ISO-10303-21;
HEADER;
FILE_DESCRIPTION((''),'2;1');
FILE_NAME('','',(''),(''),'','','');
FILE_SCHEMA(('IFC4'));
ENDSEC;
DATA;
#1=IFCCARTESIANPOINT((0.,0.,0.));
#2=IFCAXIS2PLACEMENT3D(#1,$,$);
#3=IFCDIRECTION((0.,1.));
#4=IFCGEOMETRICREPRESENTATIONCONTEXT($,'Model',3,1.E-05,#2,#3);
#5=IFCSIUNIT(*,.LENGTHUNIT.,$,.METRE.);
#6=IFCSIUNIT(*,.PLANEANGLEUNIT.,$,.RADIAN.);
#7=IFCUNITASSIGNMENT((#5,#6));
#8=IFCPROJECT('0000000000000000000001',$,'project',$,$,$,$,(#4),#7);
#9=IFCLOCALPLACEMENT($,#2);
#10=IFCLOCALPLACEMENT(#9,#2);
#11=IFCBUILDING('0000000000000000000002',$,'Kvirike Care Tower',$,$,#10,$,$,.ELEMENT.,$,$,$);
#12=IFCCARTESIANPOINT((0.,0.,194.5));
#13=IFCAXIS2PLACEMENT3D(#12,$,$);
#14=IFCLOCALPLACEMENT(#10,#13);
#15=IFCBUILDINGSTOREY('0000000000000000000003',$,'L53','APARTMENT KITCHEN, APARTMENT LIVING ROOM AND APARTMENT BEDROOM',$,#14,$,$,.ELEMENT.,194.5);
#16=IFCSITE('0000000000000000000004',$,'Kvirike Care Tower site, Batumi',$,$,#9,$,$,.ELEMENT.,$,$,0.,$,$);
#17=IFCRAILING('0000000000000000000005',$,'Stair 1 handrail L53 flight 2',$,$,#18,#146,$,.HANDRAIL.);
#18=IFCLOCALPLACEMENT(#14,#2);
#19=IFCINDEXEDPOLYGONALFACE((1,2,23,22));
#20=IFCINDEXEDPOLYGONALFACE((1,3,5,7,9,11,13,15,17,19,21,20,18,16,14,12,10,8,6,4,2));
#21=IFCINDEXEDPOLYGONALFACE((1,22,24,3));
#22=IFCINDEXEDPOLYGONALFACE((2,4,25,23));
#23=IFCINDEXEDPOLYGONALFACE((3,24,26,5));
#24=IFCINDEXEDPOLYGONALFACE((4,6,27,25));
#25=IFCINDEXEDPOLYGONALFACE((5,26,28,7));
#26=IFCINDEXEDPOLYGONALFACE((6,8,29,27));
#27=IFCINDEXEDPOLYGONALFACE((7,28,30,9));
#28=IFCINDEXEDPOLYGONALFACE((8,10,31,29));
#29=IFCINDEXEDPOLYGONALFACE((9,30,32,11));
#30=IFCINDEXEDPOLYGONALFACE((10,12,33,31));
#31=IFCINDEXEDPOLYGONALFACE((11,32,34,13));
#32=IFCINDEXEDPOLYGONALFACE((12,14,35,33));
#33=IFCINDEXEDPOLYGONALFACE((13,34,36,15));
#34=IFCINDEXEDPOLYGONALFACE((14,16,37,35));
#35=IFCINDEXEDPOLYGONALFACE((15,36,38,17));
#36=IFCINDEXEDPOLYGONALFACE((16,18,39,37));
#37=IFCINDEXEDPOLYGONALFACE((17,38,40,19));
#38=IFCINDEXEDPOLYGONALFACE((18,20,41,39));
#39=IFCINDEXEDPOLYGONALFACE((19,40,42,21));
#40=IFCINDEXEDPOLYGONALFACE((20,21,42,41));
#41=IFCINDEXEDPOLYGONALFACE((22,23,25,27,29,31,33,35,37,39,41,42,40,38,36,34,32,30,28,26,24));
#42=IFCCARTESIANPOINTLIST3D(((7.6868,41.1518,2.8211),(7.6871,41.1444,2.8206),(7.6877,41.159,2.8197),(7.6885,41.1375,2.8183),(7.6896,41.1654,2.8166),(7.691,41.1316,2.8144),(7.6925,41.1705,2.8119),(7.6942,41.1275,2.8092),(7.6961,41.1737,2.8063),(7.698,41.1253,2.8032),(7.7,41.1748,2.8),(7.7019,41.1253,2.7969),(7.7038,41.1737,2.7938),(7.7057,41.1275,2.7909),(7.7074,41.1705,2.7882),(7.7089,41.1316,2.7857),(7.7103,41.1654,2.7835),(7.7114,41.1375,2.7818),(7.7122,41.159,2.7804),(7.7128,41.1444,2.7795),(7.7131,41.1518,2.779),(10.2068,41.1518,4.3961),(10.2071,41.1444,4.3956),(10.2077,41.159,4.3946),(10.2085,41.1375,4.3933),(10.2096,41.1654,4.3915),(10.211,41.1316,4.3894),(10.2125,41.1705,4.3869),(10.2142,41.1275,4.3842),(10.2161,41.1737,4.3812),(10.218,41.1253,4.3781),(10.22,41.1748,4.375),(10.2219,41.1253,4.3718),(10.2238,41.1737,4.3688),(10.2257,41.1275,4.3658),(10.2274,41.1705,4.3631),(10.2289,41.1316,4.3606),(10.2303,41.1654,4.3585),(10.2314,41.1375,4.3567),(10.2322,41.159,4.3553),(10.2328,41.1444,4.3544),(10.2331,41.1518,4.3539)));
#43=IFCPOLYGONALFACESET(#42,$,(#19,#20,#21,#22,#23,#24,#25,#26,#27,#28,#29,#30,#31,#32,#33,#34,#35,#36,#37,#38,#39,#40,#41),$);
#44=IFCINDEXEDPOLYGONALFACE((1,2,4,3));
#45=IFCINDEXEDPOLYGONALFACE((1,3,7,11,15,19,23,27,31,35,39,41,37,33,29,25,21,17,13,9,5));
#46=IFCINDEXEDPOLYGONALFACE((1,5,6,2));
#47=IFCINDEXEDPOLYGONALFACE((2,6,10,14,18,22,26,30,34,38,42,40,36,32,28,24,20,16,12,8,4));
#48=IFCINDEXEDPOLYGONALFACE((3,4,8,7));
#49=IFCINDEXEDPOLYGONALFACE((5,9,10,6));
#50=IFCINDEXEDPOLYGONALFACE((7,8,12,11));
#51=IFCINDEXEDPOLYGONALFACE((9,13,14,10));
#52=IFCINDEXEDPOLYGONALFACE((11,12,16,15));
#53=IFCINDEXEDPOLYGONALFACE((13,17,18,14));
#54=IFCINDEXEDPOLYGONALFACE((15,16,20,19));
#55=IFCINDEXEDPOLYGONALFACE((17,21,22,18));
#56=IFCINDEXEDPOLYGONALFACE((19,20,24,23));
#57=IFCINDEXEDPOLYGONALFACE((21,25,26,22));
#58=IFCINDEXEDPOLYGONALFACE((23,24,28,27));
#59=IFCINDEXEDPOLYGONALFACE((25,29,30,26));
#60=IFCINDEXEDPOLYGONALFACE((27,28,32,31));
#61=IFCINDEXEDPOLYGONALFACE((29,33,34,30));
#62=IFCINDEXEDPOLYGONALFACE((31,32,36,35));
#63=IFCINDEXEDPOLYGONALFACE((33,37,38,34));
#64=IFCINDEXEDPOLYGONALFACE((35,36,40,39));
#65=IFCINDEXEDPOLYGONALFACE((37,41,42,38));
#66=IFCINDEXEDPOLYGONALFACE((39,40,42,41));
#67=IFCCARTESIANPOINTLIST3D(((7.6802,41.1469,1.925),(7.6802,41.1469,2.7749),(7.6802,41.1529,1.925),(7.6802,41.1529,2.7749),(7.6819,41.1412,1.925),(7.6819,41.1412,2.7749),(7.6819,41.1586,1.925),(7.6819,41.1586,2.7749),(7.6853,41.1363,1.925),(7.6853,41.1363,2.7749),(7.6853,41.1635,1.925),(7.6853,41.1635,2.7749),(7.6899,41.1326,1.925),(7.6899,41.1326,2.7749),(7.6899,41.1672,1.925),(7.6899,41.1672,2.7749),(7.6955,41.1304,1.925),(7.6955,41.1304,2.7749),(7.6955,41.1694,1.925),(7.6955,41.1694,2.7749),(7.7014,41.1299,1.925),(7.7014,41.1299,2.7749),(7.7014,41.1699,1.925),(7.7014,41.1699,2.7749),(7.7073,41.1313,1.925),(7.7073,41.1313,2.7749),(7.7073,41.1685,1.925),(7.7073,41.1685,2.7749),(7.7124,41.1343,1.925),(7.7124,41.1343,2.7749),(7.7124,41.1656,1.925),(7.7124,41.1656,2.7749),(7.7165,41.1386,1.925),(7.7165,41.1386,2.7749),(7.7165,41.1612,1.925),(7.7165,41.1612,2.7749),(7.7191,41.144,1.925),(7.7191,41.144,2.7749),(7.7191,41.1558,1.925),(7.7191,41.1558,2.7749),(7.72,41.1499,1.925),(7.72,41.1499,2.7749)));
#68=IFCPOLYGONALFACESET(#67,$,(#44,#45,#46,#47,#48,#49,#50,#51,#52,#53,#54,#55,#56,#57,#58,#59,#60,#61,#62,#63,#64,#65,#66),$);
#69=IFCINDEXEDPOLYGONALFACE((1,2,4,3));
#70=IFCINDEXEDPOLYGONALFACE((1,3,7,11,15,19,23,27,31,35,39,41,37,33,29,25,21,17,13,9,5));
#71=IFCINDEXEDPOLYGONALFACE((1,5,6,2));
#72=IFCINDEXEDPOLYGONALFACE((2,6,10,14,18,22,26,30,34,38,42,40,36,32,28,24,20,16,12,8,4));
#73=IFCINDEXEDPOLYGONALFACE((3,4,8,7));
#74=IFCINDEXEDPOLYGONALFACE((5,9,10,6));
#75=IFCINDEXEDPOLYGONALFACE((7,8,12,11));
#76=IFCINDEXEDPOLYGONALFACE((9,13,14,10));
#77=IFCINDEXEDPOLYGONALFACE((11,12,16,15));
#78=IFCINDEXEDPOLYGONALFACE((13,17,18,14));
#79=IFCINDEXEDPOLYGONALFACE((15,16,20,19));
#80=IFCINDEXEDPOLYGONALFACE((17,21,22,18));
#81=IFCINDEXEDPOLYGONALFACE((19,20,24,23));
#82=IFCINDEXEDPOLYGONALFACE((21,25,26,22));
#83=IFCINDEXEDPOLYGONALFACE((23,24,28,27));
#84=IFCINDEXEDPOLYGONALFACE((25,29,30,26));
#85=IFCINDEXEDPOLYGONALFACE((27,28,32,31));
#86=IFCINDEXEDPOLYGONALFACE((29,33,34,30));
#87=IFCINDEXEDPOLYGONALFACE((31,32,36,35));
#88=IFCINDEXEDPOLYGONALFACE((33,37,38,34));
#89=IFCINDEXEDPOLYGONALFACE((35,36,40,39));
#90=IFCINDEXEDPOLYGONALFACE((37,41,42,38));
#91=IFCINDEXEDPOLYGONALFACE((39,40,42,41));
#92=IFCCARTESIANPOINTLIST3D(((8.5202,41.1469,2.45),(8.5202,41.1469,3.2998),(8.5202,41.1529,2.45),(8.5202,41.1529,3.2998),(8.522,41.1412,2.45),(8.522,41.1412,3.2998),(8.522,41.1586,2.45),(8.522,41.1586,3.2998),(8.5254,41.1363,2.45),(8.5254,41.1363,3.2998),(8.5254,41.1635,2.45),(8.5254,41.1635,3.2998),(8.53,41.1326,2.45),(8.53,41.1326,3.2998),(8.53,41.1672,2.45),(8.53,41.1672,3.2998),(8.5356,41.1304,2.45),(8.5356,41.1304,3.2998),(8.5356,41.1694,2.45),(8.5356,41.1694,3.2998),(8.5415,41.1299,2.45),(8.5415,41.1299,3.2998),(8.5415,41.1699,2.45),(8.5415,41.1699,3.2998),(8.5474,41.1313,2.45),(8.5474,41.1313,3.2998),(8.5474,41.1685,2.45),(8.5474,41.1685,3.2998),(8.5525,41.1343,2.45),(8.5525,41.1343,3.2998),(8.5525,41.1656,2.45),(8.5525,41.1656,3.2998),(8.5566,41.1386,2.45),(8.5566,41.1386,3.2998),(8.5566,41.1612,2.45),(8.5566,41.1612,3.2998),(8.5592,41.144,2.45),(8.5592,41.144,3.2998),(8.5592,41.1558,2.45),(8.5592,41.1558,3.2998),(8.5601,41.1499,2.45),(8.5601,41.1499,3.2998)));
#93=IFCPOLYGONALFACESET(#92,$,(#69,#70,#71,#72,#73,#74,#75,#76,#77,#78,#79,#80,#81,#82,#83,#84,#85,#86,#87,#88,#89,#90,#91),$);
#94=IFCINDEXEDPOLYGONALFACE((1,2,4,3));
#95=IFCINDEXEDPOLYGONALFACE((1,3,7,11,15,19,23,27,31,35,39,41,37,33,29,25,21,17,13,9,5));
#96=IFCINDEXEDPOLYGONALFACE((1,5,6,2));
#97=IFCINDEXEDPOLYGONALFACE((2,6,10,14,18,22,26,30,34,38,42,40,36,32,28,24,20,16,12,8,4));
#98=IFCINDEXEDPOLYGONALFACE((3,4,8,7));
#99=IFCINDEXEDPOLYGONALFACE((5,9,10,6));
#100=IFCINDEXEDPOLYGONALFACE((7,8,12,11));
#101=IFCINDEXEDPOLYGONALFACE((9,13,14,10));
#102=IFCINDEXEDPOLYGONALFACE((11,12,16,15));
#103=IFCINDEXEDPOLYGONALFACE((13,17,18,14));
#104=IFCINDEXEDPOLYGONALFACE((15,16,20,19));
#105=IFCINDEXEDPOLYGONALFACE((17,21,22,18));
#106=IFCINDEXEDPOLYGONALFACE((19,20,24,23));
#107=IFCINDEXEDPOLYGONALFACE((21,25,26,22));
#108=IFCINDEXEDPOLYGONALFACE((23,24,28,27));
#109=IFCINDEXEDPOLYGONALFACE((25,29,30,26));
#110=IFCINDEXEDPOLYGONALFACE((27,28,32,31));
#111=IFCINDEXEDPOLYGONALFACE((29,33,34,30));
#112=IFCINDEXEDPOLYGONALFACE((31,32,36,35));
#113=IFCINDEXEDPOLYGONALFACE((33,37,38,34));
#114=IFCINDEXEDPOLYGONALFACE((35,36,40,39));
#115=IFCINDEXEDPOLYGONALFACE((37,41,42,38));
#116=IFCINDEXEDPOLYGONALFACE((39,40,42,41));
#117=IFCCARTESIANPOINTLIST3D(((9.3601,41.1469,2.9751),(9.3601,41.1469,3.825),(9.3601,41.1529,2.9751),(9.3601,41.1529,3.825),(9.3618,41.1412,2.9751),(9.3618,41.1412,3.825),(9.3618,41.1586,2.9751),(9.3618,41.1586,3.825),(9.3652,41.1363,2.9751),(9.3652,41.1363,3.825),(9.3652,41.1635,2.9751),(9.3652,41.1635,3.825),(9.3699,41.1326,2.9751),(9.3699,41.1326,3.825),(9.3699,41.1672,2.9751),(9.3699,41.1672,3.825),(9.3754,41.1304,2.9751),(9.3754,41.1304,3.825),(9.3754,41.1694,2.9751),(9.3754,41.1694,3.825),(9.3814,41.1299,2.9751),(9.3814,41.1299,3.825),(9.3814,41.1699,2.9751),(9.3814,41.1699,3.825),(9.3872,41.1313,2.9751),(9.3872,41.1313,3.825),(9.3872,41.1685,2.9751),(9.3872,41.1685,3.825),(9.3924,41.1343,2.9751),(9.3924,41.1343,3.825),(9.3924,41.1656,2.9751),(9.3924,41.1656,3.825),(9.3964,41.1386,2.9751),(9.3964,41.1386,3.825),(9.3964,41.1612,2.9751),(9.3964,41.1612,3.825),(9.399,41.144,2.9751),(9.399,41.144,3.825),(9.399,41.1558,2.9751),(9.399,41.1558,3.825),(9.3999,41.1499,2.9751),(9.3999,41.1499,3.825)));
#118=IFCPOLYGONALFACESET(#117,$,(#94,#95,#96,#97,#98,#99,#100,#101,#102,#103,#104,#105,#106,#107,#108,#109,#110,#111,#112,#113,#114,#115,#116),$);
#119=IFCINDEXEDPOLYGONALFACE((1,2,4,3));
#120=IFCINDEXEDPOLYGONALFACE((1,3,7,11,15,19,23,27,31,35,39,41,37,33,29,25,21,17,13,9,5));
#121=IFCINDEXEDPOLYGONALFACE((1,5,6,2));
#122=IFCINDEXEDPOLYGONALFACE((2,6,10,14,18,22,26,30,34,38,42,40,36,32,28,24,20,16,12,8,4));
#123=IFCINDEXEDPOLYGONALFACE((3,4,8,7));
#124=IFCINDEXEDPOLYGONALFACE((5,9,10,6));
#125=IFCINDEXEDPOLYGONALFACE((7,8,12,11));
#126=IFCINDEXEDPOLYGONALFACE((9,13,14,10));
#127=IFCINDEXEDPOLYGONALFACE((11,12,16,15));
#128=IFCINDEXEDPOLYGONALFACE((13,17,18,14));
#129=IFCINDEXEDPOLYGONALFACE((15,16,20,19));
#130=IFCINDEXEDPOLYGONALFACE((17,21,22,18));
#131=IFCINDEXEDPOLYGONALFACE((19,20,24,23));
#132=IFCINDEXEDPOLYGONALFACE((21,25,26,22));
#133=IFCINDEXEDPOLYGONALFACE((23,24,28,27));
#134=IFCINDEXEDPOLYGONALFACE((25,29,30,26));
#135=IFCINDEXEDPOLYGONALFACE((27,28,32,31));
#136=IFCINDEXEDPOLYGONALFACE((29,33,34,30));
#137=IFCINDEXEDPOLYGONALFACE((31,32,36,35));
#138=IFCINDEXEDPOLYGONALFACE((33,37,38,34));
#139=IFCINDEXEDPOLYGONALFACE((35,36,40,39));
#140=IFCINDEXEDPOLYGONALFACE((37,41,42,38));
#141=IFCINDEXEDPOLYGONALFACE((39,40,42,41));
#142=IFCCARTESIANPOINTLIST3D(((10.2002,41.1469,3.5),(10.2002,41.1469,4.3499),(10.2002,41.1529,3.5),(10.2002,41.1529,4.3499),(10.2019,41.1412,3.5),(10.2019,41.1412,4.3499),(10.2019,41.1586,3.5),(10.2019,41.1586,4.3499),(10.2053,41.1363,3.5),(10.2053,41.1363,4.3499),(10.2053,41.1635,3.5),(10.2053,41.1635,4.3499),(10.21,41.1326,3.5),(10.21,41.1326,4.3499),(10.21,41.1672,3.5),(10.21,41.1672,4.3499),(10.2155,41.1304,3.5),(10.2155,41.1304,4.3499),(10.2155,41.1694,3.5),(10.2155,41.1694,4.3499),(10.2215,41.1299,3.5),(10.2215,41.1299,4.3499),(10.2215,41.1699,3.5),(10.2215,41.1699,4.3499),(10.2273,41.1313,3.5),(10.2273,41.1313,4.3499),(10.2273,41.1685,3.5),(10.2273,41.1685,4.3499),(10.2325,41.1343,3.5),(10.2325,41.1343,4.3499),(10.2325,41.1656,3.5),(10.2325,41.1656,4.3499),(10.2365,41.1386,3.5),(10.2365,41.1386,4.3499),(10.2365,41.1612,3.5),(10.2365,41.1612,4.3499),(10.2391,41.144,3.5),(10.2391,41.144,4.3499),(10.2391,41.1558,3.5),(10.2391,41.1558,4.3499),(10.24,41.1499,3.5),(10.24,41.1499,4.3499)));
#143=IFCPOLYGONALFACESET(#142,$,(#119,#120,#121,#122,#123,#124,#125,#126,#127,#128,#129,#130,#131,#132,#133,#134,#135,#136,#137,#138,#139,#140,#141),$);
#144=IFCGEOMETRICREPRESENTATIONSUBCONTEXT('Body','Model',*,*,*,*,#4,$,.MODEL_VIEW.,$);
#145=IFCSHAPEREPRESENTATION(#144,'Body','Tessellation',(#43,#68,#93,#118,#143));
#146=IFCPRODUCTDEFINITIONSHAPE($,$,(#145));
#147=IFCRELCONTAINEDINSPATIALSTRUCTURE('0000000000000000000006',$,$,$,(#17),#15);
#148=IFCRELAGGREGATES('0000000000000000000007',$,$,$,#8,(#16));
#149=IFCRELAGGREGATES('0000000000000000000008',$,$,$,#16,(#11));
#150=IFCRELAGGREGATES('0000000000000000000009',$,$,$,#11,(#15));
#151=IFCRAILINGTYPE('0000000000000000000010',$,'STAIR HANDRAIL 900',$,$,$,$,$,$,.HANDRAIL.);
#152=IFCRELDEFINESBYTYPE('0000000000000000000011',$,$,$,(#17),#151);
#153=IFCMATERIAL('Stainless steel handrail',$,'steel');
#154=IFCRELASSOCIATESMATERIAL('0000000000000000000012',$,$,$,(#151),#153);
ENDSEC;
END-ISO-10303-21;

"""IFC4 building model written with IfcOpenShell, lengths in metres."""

from ifc_helpers import new_model, si_unit, direction, frame, origin, origin_2d, place, context, subcontext, project, spatial, circle, extrude, material, type_object, element, save


model = new_model("IFC4")

# Units and contexts
model_context = context("Model", 3, precision=1e-05, world=origin(), true_north=direction((0.0, 1.0)))
body_context = subcontext(model_context, "Body", "Model", "MODEL_VIEW")
ifc_project = project(units=[si_unit("LENGTHUNIT", "METRE"), si_unit("PLANEANGLEUNIT", "RADIAN")], contexts=[model_context])

# Site, building, storey
site_placement = place(None, origin())
site = spatial("IfcSite", under=ifc_project, at=site_placement, Name="Kvirike Care Tower site, Batumi", CompositionType="ELEMENT", RefElevation=0.0)
building_placement = place(site_placement, origin())
building = spatial("IfcBuilding", under=site, at=building_placement, Name="Kvirike Care Tower", CompositionType="ELEMENT")
storey_placement = place(building_placement, frame((0.0, 0.0, 194.5)))
storey = spatial("IfcBuildingStorey", under=building, at=storey_placement, Name="L53", Description="APARTMENT KITCHEN, APARTMENT LIVING ROOM AND APARTMENT BEDROOM", CompositionType="ELEMENT", Elevation=194.5)

# Railing
ifc_material_1 = material(Name="Stainless steel handrail", Category="steel")
railing_type = type_object("IfcRailingType", Name="STAIR HANDRAIL 900", PredefinedType="HANDRAIL", material=ifc_material_1)
railing_1_placement = place(storey_placement, frame((7.7, 41.1499, 1.925)))
element("IfcRailing", 1, at=railing_1_placement, inside=storey, type_object=railing_type, Name="Stair 1 handrail L53 flight 2", PredefinedType="HANDRAIL", context=body_context, shape_type="SweptSolid", body=[
    extrude(circle(Radius=0.0249, at=origin_2d()), frame((0.0, 0.0, 0.875), z_axis=(0.848008, 0.0, 0.529984), x_axis=(0.0, 1.0, 0.0)), (0.0, 0.0, 1.0), 2.9717),
    extrude(circle(Radius=0.02, at=origin_2d()), origin(), (0.0, 0.0, 1.0), 0.8499),
    extrude(circle(Radius=0.02, at=origin_2d()), frame((0.8401, 0.0, 0.5249)), (0.0, 0.0, 1.0), 0.8499),
    extrude(circle(Radius=0.02, at=origin_2d()), frame((1.6799, 0.0, 1.05)), (0.0, 0.0, 1.0), 0.8499),
    extrude(circle(Radius=0.02, at=origin_2d()), frame((2.52, 0.0, 1.575)), (0.0, 0.0, 1.0), 0.8499),
])

save(model, "model.ifc")
